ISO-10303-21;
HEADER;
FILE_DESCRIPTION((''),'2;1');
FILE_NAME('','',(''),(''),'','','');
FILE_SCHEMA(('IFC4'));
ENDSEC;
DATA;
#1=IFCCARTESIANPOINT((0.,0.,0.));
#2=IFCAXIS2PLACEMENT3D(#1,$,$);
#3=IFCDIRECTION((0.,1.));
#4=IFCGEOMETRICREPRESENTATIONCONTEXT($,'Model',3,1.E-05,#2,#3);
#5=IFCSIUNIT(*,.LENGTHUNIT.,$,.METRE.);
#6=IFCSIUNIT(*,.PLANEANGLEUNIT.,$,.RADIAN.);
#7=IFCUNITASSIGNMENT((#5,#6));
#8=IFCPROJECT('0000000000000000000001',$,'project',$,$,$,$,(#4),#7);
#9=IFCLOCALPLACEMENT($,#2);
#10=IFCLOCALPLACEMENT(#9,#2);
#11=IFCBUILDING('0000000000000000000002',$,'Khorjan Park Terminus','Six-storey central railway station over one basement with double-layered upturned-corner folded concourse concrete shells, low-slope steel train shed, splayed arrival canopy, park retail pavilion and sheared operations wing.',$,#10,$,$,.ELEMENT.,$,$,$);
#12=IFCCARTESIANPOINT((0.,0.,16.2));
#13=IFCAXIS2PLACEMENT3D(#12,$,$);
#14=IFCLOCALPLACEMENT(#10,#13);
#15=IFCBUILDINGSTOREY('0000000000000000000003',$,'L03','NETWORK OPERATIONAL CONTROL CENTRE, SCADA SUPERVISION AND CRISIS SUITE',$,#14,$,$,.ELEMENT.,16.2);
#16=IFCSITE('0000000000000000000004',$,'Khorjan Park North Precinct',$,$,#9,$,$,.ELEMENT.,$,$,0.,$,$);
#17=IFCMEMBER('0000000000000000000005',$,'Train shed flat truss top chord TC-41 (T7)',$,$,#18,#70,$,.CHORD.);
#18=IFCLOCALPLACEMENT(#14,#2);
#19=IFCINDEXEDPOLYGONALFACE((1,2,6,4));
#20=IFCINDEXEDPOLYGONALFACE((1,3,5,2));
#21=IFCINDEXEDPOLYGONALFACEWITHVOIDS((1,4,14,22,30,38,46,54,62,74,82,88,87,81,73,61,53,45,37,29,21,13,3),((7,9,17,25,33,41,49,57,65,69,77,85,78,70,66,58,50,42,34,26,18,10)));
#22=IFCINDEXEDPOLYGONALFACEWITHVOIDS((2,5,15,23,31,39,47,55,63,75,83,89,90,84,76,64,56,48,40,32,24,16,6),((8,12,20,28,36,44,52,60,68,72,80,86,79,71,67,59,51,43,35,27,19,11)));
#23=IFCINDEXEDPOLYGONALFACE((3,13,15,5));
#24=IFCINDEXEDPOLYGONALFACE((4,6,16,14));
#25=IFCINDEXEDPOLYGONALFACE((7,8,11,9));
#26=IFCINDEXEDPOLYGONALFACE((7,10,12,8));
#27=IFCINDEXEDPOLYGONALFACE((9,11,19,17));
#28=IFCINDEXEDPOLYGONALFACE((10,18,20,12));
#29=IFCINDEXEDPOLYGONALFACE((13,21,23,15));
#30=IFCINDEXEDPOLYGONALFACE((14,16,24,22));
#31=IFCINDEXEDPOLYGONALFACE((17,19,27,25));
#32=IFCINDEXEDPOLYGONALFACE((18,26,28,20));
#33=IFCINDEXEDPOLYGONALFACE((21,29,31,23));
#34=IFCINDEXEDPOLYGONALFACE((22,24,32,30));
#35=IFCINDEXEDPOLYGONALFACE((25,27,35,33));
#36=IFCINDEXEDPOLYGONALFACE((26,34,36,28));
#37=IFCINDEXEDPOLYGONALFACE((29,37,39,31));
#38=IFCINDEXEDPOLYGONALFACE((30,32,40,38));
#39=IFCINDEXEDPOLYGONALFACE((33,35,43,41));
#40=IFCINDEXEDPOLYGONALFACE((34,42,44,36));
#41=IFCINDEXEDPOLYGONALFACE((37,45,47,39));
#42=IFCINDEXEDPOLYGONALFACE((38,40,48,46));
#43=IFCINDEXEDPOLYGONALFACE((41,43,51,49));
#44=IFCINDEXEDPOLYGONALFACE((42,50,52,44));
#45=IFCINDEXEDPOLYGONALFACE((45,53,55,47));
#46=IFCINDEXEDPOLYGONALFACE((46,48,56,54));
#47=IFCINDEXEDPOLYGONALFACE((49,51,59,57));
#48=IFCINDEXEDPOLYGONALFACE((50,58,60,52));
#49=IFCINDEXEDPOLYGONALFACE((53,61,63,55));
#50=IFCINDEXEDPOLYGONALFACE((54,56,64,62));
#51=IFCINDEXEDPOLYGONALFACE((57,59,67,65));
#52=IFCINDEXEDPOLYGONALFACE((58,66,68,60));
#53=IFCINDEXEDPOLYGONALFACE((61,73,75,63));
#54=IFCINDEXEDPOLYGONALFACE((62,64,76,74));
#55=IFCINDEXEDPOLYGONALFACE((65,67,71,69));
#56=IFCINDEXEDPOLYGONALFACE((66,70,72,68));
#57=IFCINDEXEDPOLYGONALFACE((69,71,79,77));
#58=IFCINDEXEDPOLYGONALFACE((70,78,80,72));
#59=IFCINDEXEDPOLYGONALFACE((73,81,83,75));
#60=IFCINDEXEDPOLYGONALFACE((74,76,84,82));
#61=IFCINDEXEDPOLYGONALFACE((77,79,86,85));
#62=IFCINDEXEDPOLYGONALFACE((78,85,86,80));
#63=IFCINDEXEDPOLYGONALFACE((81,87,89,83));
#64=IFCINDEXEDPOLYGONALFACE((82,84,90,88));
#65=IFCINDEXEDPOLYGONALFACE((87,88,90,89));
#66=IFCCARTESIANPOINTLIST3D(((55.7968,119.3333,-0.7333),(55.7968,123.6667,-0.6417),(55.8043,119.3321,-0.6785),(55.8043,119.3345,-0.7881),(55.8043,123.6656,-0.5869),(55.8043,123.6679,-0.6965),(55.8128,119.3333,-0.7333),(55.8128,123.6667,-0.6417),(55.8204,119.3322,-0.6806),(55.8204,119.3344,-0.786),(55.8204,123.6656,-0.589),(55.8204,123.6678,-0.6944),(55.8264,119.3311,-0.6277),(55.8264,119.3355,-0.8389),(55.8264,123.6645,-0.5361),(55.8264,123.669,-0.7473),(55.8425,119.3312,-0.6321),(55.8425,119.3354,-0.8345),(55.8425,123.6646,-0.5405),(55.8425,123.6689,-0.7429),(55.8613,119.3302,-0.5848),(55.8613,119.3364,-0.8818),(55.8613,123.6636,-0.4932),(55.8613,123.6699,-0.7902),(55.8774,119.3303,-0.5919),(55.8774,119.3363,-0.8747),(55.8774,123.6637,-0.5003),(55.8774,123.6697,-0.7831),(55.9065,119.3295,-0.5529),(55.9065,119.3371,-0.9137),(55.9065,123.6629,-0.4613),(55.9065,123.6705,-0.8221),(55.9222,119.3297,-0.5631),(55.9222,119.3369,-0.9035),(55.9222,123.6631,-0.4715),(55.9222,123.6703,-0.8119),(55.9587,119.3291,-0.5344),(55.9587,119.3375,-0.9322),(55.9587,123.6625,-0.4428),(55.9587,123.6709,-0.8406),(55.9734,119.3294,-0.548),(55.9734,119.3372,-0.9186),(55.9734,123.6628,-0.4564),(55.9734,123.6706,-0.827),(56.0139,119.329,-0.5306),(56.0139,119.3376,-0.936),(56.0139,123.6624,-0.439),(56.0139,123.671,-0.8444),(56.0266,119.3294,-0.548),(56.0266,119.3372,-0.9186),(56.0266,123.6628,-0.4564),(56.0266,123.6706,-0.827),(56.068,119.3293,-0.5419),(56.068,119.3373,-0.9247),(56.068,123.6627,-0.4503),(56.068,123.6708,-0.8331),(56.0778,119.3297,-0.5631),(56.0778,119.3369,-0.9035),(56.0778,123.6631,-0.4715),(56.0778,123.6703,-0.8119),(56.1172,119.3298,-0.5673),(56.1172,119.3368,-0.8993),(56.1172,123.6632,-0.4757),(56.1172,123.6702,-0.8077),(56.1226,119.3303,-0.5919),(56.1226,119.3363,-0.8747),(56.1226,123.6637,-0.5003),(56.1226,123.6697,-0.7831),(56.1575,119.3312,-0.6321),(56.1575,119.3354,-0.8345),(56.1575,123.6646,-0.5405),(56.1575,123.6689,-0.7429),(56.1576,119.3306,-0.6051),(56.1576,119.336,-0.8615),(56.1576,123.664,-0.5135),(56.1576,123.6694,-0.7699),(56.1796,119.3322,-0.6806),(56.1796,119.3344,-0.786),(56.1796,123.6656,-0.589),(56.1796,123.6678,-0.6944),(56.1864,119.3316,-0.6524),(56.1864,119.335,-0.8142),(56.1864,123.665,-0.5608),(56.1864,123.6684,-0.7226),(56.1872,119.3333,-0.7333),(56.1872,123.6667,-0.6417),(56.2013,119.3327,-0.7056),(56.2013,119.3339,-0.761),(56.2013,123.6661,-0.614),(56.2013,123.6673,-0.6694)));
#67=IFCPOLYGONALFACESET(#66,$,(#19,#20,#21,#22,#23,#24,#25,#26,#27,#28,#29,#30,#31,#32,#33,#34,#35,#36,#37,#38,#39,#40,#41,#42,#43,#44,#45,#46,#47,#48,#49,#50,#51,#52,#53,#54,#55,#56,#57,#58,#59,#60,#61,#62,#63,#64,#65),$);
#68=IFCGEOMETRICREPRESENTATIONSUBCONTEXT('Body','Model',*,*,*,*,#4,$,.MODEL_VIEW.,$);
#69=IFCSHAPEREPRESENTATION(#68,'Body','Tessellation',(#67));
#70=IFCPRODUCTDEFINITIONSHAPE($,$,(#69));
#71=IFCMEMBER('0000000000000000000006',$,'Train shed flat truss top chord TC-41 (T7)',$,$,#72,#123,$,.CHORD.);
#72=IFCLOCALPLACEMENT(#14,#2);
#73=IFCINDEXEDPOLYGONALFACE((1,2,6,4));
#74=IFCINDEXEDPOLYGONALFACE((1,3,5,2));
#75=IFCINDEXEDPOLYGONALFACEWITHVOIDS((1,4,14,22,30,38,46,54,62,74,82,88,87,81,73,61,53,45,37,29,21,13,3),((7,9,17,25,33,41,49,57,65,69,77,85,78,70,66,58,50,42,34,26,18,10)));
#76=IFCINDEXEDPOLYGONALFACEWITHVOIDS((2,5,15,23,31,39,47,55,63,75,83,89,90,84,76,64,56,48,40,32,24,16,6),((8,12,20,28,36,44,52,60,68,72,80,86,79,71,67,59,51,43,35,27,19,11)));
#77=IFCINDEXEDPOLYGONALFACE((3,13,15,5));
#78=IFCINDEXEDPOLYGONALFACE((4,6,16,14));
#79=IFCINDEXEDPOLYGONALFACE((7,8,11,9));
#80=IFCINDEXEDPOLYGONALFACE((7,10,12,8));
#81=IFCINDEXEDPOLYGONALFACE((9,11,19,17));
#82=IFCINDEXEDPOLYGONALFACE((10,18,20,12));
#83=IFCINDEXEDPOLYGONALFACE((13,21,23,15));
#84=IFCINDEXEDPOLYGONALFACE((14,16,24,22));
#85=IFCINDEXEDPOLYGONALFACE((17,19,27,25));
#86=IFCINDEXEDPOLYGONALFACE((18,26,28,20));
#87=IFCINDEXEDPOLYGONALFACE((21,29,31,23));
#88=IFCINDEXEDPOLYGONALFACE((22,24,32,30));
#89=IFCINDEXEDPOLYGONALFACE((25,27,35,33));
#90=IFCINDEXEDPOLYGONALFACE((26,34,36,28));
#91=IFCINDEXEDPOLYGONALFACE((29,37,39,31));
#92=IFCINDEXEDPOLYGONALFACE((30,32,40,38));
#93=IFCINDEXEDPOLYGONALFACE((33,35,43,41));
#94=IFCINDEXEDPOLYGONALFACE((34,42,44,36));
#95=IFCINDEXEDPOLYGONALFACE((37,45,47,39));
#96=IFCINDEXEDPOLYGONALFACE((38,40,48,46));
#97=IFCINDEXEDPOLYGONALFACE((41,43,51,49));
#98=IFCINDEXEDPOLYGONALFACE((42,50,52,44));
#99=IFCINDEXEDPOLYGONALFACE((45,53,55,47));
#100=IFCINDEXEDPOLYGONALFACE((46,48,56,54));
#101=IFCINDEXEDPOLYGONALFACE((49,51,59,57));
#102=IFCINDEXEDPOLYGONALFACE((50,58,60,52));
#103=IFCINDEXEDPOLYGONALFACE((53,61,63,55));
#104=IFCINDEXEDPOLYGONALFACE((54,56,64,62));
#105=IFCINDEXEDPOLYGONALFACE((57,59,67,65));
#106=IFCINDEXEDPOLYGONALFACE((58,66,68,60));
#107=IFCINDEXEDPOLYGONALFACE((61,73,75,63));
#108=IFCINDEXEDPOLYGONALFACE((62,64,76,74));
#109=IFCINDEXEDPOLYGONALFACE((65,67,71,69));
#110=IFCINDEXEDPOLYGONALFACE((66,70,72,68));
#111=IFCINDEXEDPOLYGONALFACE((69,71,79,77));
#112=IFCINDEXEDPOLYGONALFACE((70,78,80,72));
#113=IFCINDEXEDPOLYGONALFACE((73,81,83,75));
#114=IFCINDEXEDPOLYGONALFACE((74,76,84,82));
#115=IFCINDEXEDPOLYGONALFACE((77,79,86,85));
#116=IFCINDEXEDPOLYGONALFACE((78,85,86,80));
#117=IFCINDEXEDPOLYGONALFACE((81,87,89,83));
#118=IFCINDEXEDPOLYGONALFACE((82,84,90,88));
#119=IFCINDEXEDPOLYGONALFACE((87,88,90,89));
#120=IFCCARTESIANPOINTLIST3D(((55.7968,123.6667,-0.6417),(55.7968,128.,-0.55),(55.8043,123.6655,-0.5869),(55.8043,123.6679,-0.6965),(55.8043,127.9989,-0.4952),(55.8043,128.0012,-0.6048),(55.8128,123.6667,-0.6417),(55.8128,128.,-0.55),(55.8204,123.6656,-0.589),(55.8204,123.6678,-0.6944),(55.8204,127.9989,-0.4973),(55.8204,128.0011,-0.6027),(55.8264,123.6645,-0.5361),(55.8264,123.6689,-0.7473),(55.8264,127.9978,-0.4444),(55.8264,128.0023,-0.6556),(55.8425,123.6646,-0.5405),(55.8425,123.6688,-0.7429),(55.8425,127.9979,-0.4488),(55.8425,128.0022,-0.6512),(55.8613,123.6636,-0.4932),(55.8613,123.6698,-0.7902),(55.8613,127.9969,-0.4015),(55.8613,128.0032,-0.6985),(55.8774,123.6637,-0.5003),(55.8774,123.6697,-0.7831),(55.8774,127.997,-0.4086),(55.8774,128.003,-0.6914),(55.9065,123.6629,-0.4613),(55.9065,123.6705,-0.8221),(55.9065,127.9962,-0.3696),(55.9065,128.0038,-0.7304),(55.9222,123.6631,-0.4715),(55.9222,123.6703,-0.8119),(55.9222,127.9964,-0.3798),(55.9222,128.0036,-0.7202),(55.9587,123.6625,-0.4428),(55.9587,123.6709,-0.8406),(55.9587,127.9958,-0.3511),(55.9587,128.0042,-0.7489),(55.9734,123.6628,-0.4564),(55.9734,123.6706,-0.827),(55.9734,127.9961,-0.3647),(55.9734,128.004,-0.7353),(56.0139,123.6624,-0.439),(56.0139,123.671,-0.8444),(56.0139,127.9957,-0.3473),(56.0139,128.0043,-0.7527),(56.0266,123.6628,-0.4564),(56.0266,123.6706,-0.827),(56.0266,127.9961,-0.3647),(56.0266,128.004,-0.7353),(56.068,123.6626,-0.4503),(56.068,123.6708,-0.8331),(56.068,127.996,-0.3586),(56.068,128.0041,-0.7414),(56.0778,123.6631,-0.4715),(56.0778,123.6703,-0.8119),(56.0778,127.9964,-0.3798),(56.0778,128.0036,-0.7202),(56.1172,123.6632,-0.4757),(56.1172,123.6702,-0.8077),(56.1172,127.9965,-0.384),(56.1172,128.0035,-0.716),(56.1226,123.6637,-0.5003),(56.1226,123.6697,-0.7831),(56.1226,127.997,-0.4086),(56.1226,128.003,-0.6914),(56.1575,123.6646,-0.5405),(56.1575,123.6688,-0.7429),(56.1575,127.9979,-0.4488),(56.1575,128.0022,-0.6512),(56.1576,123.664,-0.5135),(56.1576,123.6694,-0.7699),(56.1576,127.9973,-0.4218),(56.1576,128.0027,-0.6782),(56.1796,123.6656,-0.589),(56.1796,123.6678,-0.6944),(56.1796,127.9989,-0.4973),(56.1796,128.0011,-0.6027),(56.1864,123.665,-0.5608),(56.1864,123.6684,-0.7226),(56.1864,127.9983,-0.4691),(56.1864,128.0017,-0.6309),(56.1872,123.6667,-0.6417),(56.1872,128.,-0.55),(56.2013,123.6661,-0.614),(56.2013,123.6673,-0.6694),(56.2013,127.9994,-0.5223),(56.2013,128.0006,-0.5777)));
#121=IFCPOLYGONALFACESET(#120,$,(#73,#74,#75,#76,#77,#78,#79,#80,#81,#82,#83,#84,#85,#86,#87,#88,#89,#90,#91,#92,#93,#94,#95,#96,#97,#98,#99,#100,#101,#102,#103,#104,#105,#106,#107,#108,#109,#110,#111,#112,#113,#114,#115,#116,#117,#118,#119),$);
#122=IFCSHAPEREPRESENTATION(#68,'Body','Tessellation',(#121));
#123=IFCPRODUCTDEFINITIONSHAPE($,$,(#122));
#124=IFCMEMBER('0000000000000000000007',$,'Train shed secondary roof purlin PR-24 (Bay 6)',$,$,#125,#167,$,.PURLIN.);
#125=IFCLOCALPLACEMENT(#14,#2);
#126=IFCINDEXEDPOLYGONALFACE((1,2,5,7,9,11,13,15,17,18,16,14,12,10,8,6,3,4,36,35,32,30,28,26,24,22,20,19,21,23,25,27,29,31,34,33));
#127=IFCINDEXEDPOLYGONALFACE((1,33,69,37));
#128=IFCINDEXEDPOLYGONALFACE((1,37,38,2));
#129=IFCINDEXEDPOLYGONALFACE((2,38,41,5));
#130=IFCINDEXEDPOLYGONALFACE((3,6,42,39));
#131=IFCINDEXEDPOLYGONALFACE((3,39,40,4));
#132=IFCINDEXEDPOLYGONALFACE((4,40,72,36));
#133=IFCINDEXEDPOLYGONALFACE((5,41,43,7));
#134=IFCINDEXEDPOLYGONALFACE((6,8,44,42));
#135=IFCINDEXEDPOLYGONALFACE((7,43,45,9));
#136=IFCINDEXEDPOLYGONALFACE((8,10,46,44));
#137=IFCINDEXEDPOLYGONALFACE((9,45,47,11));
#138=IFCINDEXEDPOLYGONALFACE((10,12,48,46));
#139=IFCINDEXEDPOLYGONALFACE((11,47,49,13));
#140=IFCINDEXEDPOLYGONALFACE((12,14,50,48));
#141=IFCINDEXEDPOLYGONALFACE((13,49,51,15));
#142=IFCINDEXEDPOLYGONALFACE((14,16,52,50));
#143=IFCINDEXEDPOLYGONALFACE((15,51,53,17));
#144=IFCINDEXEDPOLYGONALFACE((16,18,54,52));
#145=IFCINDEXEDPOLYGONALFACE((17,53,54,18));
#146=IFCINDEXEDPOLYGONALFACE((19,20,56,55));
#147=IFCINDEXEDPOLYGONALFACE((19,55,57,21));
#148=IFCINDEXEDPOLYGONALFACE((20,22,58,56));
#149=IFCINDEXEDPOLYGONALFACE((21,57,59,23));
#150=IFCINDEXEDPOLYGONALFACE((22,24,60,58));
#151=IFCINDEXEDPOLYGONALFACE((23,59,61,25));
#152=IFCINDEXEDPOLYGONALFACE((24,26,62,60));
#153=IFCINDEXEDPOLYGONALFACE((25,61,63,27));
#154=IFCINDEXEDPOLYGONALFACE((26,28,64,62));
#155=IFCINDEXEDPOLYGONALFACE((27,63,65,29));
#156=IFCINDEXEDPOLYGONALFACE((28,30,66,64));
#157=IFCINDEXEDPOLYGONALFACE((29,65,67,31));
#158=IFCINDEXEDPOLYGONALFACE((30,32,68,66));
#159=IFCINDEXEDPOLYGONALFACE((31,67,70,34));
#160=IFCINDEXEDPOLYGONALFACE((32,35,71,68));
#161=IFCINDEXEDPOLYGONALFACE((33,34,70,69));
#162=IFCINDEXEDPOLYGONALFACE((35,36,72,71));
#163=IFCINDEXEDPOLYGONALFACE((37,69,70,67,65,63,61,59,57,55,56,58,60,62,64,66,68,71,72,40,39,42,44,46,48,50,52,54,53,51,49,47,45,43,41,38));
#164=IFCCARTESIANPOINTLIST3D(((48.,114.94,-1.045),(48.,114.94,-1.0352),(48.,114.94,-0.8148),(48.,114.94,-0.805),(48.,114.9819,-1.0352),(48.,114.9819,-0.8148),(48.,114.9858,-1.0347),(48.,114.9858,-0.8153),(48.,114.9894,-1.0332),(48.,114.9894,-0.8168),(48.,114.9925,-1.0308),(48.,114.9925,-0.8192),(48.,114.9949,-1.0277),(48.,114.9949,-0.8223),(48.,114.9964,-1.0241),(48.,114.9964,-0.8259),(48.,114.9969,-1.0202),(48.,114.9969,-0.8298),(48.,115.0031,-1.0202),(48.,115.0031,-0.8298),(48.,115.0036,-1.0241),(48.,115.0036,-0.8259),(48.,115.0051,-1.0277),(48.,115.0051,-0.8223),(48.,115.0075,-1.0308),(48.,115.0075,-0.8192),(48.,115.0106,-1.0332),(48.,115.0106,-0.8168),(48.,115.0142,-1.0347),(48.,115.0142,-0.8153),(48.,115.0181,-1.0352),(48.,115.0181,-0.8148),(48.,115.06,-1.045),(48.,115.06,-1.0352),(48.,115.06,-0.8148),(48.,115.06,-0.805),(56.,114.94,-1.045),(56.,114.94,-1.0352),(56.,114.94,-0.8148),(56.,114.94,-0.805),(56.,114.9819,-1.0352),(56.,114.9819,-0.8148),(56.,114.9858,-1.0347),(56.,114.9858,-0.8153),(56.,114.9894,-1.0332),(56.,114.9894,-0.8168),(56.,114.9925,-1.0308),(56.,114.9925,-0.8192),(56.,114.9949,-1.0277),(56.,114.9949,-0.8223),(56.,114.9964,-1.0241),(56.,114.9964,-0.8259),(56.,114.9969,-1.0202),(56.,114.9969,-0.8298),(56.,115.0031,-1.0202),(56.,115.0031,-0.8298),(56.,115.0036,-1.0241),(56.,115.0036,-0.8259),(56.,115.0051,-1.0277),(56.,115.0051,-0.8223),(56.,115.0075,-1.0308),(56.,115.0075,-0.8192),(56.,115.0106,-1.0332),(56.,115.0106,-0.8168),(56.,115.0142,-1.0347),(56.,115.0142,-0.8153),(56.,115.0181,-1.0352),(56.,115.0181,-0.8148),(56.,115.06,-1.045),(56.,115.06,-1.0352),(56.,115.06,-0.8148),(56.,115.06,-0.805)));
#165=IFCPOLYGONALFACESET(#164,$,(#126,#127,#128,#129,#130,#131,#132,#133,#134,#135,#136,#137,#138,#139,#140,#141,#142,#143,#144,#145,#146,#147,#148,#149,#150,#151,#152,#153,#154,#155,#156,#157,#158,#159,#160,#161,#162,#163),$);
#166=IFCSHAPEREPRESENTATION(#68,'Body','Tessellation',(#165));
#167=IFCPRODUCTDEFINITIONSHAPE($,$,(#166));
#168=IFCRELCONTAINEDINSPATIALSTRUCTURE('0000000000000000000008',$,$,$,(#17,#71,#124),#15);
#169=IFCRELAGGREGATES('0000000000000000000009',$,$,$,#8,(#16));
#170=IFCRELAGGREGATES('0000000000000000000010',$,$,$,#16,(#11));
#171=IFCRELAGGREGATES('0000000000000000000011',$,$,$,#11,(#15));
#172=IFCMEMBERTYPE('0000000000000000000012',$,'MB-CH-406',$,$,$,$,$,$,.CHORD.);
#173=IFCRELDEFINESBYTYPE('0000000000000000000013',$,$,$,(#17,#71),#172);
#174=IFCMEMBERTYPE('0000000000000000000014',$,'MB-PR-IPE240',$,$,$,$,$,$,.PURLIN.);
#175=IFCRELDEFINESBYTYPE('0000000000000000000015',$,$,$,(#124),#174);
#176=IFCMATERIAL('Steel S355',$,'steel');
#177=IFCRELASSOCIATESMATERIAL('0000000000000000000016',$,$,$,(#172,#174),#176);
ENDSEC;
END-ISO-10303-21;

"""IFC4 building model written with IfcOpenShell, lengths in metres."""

from ifc_helpers import new_model, si_unit, direction, frame, origin, origin_2d, place, context, subcontext, project, spatial, hollow_circle, i_section, extrude, material, material_profile, profile_set, type_object, element, save


model = new_model("IFC4")

# Units and contexts
model_context = context("Model", 3, precision=1e-05, world=origin(), true_north=direction((0.0, 1.0)))
body_context = subcontext(model_context, "Body", "Model", "MODEL_VIEW")
ifc_project = project(units=[si_unit("LENGTHUNIT", "METRE"), si_unit("PLANEANGLEUNIT", "RADIAN")], contexts=[model_context])

# Site, building, storey
site_placement = place(None, origin())
site = spatial("IfcSite", under=ifc_project, at=site_placement, Name="Khorjan Park North Precinct", CompositionType="ELEMENT", RefElevation=0.0)
building_placement = place(site_placement, origin())
building = spatial("IfcBuilding", under=site, at=building_placement, Name="Khorjan Park Terminus", Description="Six-storey central railway station over one basement with double-layered upturned-corner folded concourse concrete shells, low-slope steel train shed, splayed arrival canopy, park retail pavilion and sheared operations wing.", CompositionType="ELEMENT")
storey_placement = place(building_placement, frame((0.0, 0.0, 16.2)))
storey = spatial("IfcBuildingStorey", under=building, at=storey_placement, Name="L03", Description="NETWORK OPERATIONAL CONTROL CENTRE, SCADA SUPERVISION AND CRISIS SUITE", CompositionType="ELEMENT", Elevation=16.2)

# Members
ifc_material = material(Name="Steel S355", Category="steel")
ifc_material_profile_1 = material_profile(ifc_material, hollow_circle(Radius=0.2032, WallThickness=0.016, at=origin_2d()), Name="CHS 406.4x16")
ifc_profile_set_1 = profile_set([ifc_material_profile_1], Name="Steel S355")
member_type_1 = type_object("IfcMemberType", Name="MB-CH-406", PredefinedType="CHORD", material=ifc_profile_set_1)
member_1_placement = place(storey_placement, frame((56.0, 119.3333, -0.7333), z_axis=(0.0, 0.999777, 0.021133), x_axis=(-1.0, 0.0, 0.0)))
element("IfcMember", 1, at=member_1_placement, inside=storey, type_object=member_type_1, Name="Train shed flat truss top chord TC-41 (T7)", PredefinedType="CHORD", context=body_context, shape_type="SweptSolid", body=[
    extrude(hollow_circle(Radius=0.2032, WallThickness=0.016, at=origin_2d()), origin(), (0.0, 0.0, 1.0), 4.3344),
])
member_2_placement = place(storey_placement, frame((56.0, 123.6667, -0.6417), z_axis=(0.0, 0.999776, 0.021157), x_axis=(-1.0, 0.0, 0.0)))
element("IfcMember", 2, at=member_2_placement, inside=storey, type_object=member_type_1, Name="Train shed flat truss top chord TC-41 (T7)", PredefinedType="CHORD", context=body_context, shape_type="SweptSolid", body=[
    extrude(hollow_circle(Radius=0.2032, WallThickness=0.016, at=origin_2d()), origin(), (0.0, 0.0, 1.0), 4.3343),
])
ifc_material_profile_2 = material_profile(ifc_material, i_section(OverallWidth=0.12, OverallDepth=0.24, WebThickness=0.0062, FlangeThickness=0.0098, FilletRadius=0.015, at=origin_2d()), Name="IPE 240")
ifc_profile_set_2 = profile_set([ifc_material_profile_2], Name="Steel S355")
member_type_2 = type_object("IfcMemberType", Name="MB-PR-IPE240", PredefinedType="PURLIN", material=ifc_profile_set_2)
for number, where, z_axis, x_axis, name in (
    (3, (48.0, 115.0, -0.925), (1.0, 0.0, 0.0), (0.0, 1.0, 0.0), "Train shed secondary roof purlin PR-24 (Bay 6)"),
):
    element("IfcMember", number, at=place(storey_placement, frame(where, z_axis=z_axis, x_axis=x_axis)), inside=storey, type_object=member_type_2, Name=name, PredefinedType="PURLIN", context=body_context, shape_type="SweptSolid", body=[
        extrude(i_section(OverallWidth=0.12, OverallDepth=0.24, WebThickness=0.0062, FlangeThickness=0.0098, FilletRadius=0.015, at=origin_2d()), origin(), (0.0, 0.0, 1.0), 8.0),
    ])

save(model, "model.ifc")
